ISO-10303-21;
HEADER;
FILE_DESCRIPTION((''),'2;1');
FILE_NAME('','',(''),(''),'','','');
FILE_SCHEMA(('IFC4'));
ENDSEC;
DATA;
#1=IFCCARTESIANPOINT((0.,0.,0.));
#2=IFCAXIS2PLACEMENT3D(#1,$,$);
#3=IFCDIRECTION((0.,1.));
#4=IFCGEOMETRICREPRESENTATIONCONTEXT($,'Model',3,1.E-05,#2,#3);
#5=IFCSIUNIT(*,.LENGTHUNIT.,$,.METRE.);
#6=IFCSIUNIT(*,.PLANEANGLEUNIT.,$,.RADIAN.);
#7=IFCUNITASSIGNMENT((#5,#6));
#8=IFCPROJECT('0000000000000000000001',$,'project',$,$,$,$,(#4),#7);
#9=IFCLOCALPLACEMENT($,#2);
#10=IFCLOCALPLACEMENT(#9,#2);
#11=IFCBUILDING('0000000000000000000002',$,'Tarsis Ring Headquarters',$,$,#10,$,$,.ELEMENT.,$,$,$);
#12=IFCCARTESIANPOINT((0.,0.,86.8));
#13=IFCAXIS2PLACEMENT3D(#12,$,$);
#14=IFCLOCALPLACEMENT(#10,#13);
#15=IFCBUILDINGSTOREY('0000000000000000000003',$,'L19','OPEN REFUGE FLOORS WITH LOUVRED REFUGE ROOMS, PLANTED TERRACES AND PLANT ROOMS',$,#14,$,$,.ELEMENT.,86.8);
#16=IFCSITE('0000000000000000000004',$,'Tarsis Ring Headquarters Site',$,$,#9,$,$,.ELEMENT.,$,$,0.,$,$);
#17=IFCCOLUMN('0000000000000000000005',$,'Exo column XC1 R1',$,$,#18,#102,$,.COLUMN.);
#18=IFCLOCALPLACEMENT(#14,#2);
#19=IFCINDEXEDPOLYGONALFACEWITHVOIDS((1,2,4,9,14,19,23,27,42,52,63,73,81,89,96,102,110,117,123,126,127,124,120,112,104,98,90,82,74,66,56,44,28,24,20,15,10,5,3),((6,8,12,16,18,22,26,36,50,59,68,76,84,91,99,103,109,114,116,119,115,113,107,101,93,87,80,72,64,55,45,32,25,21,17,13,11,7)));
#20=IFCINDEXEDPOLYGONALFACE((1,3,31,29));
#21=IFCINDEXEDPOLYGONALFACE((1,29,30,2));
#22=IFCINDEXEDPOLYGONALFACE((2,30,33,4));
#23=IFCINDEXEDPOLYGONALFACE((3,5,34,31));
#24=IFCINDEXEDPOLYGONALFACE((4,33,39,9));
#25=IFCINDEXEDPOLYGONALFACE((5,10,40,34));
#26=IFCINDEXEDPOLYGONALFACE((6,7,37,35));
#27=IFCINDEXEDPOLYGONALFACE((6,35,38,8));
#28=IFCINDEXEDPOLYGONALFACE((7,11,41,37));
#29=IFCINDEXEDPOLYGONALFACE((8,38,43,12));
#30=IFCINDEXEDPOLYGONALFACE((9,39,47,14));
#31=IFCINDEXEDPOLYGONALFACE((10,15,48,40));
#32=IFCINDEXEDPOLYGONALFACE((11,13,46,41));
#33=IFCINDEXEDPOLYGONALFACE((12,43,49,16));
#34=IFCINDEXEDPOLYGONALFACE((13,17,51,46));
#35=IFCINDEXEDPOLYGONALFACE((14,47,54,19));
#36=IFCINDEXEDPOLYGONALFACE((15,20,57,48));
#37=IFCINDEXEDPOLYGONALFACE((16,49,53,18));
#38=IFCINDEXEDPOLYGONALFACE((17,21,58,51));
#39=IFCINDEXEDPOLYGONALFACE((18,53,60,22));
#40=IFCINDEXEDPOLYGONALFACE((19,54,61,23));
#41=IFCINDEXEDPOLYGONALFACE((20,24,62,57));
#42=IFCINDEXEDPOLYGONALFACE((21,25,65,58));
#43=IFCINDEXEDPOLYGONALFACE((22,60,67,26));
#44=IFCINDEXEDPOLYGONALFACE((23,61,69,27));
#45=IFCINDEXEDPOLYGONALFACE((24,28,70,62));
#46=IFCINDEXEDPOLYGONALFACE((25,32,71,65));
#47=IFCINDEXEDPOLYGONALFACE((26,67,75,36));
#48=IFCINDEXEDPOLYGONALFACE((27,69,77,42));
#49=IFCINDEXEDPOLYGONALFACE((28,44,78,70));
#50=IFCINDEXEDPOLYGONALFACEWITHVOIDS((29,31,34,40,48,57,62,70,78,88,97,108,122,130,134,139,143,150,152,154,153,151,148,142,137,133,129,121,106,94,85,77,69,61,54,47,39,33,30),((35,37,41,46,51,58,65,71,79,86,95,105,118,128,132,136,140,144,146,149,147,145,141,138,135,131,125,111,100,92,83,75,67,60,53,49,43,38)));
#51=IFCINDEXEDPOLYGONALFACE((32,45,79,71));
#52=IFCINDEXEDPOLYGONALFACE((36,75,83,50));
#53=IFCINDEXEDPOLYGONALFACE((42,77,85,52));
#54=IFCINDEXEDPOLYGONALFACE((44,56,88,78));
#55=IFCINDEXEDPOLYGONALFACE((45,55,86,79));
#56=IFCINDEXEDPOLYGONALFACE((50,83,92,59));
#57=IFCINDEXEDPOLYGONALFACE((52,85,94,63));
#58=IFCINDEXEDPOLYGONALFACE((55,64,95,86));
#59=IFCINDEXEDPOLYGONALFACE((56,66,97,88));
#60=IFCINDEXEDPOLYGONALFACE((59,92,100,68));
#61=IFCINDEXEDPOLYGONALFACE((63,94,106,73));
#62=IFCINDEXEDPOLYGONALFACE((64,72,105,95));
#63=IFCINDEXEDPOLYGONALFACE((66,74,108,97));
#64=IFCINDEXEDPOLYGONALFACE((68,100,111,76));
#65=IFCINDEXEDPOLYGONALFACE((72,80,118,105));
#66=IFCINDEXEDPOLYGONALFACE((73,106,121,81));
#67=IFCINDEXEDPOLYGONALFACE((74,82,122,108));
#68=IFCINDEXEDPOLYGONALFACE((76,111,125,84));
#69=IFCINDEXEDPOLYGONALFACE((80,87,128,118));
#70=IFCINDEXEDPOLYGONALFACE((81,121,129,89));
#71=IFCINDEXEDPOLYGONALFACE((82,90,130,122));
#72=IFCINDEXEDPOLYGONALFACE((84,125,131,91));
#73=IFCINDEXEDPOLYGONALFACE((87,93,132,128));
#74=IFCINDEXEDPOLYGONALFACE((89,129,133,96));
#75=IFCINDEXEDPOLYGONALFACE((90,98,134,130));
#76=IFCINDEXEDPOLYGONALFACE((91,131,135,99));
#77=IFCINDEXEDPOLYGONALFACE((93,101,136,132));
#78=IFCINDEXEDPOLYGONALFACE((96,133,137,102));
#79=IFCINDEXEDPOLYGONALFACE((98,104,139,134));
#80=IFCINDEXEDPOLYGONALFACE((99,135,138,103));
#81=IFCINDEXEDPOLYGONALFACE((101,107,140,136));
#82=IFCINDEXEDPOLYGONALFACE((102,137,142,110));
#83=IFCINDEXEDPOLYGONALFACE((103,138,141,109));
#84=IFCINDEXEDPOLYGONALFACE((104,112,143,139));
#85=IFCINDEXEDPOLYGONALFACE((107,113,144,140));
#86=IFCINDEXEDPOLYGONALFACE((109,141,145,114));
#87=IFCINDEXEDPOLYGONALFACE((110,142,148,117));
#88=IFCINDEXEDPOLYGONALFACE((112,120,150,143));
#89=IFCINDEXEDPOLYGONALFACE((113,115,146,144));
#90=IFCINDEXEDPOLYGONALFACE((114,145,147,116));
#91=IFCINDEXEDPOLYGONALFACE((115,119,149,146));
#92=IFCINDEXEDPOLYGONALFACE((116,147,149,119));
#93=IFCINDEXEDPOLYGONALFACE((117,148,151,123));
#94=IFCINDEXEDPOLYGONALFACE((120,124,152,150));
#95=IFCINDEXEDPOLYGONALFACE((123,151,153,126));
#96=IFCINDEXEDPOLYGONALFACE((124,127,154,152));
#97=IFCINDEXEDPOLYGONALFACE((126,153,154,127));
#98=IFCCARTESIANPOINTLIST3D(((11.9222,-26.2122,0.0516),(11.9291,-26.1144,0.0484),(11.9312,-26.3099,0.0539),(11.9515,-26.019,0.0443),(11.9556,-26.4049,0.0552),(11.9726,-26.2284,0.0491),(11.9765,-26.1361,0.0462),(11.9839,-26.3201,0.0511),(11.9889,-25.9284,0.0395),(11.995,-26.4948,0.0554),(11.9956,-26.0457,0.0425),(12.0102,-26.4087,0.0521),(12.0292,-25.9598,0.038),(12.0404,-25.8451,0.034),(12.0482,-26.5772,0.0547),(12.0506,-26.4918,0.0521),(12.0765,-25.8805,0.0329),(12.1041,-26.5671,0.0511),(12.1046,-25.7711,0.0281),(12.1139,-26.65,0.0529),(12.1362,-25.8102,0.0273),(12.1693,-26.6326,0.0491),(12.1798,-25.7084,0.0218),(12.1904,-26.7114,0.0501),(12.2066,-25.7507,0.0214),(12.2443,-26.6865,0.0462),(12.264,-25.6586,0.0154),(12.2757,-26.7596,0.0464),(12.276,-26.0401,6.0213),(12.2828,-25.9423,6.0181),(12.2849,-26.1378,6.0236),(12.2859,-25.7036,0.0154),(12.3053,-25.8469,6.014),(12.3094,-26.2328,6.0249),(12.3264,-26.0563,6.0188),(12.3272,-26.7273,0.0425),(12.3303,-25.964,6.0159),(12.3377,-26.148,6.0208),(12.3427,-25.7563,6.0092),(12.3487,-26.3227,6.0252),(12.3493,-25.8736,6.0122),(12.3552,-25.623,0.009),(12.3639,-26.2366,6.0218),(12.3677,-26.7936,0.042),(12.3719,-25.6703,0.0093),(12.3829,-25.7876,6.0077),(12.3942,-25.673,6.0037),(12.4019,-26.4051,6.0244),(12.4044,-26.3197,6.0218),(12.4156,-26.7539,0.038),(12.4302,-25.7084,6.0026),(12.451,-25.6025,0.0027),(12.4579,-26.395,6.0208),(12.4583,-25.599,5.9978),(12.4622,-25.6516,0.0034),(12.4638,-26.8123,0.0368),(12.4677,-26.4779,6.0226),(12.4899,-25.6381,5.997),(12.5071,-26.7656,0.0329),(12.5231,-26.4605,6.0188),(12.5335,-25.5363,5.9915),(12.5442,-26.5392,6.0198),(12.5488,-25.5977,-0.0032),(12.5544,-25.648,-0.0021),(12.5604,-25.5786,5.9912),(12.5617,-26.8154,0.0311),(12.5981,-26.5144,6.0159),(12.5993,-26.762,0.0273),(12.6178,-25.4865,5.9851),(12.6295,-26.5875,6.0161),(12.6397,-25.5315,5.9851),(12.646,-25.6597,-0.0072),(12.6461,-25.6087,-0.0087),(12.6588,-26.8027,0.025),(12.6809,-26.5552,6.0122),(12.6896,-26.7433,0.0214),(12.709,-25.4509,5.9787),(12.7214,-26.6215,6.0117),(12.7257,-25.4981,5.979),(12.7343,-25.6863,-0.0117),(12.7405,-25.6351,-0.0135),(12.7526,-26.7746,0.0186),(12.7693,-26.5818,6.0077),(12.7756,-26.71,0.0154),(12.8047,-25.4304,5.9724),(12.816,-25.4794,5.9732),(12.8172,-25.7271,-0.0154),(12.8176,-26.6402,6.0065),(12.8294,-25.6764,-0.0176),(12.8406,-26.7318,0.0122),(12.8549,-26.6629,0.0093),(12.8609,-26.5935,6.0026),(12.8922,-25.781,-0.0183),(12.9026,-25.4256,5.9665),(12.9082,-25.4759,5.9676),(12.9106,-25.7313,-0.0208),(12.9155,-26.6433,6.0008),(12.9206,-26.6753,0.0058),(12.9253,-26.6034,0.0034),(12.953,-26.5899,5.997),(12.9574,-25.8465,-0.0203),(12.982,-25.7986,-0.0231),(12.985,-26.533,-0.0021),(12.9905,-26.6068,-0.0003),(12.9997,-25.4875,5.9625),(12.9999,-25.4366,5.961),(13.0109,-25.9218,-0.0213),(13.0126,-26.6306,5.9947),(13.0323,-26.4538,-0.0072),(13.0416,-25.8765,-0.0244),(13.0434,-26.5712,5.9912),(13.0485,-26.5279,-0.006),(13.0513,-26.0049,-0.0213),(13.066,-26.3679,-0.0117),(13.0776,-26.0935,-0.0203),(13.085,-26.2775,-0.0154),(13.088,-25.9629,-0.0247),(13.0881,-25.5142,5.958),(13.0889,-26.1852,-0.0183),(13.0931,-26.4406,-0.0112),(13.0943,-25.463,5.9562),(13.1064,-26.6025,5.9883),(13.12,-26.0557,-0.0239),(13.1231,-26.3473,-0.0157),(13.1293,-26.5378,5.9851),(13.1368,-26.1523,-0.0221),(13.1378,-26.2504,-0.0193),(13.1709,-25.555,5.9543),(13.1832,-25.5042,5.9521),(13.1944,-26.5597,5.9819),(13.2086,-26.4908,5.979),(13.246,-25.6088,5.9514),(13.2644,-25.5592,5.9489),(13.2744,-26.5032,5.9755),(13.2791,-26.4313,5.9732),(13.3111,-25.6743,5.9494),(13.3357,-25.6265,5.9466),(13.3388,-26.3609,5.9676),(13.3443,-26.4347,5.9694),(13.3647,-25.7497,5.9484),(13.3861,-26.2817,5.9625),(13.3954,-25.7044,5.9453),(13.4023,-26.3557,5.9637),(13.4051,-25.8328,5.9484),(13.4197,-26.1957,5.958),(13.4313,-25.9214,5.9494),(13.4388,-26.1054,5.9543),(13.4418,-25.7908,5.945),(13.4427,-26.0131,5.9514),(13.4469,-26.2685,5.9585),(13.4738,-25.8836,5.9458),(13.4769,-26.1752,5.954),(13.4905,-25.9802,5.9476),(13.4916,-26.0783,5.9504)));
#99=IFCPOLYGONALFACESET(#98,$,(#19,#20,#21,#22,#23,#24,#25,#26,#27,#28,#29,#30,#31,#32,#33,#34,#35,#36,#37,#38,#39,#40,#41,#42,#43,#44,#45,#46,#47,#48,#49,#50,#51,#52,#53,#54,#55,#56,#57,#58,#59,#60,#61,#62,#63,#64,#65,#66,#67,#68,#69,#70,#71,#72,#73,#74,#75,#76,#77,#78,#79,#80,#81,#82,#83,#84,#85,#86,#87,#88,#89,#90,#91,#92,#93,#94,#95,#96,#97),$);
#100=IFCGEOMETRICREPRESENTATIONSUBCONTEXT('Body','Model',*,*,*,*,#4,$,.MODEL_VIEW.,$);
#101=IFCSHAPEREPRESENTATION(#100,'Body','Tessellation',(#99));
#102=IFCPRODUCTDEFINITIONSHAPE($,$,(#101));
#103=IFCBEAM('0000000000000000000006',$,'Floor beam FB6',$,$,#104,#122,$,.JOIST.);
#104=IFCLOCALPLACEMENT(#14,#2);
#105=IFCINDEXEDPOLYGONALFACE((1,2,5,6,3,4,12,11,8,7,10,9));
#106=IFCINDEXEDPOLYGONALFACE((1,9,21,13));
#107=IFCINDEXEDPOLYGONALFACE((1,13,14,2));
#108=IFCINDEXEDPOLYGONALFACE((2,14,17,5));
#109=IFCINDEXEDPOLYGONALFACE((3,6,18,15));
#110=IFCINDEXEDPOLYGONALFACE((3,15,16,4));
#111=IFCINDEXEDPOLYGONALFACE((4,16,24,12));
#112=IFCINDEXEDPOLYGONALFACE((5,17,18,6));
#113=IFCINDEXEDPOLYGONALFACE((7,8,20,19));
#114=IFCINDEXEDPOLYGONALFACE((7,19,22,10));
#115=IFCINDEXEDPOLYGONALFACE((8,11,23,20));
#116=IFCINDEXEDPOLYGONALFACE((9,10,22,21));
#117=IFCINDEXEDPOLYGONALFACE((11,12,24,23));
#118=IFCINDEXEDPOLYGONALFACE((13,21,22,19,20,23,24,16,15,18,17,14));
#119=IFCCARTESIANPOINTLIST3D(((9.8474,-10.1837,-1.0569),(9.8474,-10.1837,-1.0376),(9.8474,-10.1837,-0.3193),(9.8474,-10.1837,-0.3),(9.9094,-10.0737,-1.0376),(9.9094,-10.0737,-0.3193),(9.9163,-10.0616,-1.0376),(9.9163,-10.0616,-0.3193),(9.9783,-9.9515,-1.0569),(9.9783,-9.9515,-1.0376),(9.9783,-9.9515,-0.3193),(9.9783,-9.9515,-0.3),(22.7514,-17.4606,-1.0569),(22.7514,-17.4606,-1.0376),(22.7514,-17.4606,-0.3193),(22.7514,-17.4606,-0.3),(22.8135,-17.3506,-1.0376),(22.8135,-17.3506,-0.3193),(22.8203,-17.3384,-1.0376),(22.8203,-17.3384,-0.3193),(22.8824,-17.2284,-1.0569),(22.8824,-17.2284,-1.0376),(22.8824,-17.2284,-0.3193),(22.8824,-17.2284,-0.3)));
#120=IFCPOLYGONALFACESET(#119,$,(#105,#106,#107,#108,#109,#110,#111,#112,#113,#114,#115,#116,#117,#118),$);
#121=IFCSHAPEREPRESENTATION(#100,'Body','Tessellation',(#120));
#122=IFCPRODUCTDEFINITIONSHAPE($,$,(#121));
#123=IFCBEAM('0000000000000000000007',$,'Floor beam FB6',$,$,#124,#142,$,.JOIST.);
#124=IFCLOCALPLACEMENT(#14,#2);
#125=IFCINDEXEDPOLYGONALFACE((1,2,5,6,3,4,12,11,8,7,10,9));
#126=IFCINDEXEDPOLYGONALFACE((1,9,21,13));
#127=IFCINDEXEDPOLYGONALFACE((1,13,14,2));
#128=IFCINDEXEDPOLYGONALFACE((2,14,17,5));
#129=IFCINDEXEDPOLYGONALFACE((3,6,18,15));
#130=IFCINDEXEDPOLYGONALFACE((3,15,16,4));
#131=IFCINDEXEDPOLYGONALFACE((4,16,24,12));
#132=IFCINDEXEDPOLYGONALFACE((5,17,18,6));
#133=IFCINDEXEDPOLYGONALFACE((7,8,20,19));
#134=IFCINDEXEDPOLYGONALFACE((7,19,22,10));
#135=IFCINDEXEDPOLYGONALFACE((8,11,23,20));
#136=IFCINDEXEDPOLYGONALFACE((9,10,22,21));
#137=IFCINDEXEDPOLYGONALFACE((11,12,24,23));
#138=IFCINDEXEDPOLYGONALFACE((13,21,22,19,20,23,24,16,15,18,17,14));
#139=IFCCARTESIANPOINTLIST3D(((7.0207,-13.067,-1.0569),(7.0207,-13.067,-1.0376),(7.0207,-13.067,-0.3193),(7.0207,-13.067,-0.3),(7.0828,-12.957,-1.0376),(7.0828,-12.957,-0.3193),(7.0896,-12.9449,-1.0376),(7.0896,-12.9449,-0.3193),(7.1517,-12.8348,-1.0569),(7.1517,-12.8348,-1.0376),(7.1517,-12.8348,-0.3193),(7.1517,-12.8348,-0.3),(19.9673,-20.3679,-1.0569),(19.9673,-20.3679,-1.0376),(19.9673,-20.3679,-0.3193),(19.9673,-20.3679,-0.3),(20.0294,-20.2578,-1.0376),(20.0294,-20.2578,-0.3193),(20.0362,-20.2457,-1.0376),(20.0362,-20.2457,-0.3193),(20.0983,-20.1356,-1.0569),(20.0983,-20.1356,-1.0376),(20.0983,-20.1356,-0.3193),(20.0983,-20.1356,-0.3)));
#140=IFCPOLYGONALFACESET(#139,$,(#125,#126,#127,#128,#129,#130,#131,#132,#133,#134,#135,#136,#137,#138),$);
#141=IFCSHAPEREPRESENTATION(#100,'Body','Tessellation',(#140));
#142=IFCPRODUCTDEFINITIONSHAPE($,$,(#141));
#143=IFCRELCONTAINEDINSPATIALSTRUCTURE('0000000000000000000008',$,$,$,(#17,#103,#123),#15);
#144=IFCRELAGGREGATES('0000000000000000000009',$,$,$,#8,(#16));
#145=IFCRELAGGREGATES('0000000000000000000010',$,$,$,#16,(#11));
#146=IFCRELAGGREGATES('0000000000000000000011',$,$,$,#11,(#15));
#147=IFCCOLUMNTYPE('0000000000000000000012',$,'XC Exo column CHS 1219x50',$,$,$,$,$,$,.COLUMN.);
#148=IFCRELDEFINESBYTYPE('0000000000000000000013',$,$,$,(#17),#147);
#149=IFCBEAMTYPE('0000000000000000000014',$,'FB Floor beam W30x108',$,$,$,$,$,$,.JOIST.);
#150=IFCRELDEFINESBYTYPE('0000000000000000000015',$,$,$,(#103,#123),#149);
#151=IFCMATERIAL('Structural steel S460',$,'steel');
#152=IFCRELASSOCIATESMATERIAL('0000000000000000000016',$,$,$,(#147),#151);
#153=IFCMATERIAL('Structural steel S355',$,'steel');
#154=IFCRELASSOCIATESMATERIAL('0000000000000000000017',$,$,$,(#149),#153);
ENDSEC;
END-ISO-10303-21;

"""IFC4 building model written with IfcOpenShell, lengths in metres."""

from ifc_helpers import new_model, si_unit, direction, frame, origin, origin_2d, place, context, subcontext, project, spatial, hollow_circle, i_section, extrude, material, material_profile, profile_set, type_object, element, save


model = new_model("IFC4")

# Units and contexts
model_context = context("Model", 3, precision=1e-05, world=origin(), true_north=direction((0.0, 1.0)))
body_context = subcontext(model_context, "Body", "Model", "MODEL_VIEW")
ifc_project = project(units=[si_unit("LENGTHUNIT", "METRE"), si_unit("PLANEANGLEUNIT", "RADIAN")], contexts=[model_context])

# Site, building, storey
site_placement = place(None, origin())
site = spatial("IfcSite", under=ifc_project, at=site_placement, Name="Tarsis Ring Headquarters Site", CompositionType="ELEMENT", RefElevation=0.0)
building_placement = place(site_placement, origin())
building = spatial("IfcBuilding", under=site, at=building_placement, Name="Tarsis Ring Headquarters", CompositionType="ELEMENT")
storey_placement = place(building_placement, frame((0.0, 0.0, 86.8)))
storey = spatial("IfcBuildingStorey", under=building, at=storey_placement, Name="L19", Description="OPEN REFUGE FLOORS WITH LOUVRED REFUGE ROOMS, PLANTED TERRACES AND PLANT ROOMS", CompositionType="ELEMENT", Elevation=86.8)

# Column
ifc_material_1 = material(Name="Structural steel S460", Category="steel")
ifc_material_profile_1 = material_profile(ifc_material_1, hollow_circle(Radius=0.6096, WallThickness=0.05, at=origin_2d()), Name="CHS 1219x50")
ifc_profile_set_1 = profile_set([ifc_material_profile_1], Name="Structural steel S460")
column_type = type_object("IfcColumnType", Name="XC Exo column CHS 1219x50", PredefinedType="COLUMN", material=ifc_profile_set_1)
column_placement = place(storey_placement, frame((12.5308, -26.2068, 0.0154), z_axis=(0.059131, 0.02877, 0.997836), x_axis=(-0.437506, 0.899215, 0.0)))
element("IfcColumn", 1, at=column_placement, inside=storey, type_object=column_type, Name="Exo column XC1 R1", PredefinedType="COLUMN", context=body_context, shape_type="SweptSolid", body=[
    extrude(hollow_circle(Radius=0.6096, WallThickness=0.05, at=origin_2d()), origin(), (0.0, 0.0, 1.0), 5.9827),
])

# Beams
ifc_material_2 = material(Name="Structural steel S355", Category="steel")
ifc_material_profile_2 = material_profile(ifc_material_2, i_section(OverallWidth=0.2666, OverallDepth=0.7568, WebThickness=0.0139, FlangeThickness=0.0193, at=origin_2d()), Name="W30x108")
ifc_profile_set_2 = profile_set([ifc_material_profile_2], Name="Structural steel S355")
beam_type_1 = type_object("IfcBeamType", Name="FB Floor beam W30x108", PredefinedType="JOIST", material=ifc_profile_set_2)
beam_1_placement = place(storey_placement, frame((9.9128, -10.0676, -0.6785), z_axis=(0.871046, -0.491201, 0.0), x_axis=(0.491201, 0.871046, 0.0)))
element("IfcBeam", 2, at=beam_1_placement, inside=storey, type_object=beam_type_1, Name="Floor beam FB6", PredefinedType="JOIST", context=body_context, shape_type="SweptSolid", body=[
    extrude(i_section(OverallWidth=0.2666, OverallDepth=0.7568, WebThickness=0.0139, FlangeThickness=0.0193, at=origin_2d()), origin(), (0.0, 0.0, 1.0), 14.8145),
])
beam_2_placement = place(storey_placement, frame((7.0862, -12.9509, -0.6785), z_axis=(0.871047, -0.491199, 0.0), x_axis=(0.491199, 0.871047, 0.0)))
element("IfcBeam", 3, at=beam_2_placement, inside=storey, type_object=beam_type_1, Name="Floor beam FB6", PredefinedType="JOIST", context=body_context, shape_type="SweptSolid", body=[
    extrude(i_section(OverallWidth=0.2666, OverallDepth=0.7568, WebThickness=0.0139, FlangeThickness=0.0193, at=origin_2d()), origin(), (0.0, 0.0, 1.0), 14.8633),
])

save(model, "model.ifc")
